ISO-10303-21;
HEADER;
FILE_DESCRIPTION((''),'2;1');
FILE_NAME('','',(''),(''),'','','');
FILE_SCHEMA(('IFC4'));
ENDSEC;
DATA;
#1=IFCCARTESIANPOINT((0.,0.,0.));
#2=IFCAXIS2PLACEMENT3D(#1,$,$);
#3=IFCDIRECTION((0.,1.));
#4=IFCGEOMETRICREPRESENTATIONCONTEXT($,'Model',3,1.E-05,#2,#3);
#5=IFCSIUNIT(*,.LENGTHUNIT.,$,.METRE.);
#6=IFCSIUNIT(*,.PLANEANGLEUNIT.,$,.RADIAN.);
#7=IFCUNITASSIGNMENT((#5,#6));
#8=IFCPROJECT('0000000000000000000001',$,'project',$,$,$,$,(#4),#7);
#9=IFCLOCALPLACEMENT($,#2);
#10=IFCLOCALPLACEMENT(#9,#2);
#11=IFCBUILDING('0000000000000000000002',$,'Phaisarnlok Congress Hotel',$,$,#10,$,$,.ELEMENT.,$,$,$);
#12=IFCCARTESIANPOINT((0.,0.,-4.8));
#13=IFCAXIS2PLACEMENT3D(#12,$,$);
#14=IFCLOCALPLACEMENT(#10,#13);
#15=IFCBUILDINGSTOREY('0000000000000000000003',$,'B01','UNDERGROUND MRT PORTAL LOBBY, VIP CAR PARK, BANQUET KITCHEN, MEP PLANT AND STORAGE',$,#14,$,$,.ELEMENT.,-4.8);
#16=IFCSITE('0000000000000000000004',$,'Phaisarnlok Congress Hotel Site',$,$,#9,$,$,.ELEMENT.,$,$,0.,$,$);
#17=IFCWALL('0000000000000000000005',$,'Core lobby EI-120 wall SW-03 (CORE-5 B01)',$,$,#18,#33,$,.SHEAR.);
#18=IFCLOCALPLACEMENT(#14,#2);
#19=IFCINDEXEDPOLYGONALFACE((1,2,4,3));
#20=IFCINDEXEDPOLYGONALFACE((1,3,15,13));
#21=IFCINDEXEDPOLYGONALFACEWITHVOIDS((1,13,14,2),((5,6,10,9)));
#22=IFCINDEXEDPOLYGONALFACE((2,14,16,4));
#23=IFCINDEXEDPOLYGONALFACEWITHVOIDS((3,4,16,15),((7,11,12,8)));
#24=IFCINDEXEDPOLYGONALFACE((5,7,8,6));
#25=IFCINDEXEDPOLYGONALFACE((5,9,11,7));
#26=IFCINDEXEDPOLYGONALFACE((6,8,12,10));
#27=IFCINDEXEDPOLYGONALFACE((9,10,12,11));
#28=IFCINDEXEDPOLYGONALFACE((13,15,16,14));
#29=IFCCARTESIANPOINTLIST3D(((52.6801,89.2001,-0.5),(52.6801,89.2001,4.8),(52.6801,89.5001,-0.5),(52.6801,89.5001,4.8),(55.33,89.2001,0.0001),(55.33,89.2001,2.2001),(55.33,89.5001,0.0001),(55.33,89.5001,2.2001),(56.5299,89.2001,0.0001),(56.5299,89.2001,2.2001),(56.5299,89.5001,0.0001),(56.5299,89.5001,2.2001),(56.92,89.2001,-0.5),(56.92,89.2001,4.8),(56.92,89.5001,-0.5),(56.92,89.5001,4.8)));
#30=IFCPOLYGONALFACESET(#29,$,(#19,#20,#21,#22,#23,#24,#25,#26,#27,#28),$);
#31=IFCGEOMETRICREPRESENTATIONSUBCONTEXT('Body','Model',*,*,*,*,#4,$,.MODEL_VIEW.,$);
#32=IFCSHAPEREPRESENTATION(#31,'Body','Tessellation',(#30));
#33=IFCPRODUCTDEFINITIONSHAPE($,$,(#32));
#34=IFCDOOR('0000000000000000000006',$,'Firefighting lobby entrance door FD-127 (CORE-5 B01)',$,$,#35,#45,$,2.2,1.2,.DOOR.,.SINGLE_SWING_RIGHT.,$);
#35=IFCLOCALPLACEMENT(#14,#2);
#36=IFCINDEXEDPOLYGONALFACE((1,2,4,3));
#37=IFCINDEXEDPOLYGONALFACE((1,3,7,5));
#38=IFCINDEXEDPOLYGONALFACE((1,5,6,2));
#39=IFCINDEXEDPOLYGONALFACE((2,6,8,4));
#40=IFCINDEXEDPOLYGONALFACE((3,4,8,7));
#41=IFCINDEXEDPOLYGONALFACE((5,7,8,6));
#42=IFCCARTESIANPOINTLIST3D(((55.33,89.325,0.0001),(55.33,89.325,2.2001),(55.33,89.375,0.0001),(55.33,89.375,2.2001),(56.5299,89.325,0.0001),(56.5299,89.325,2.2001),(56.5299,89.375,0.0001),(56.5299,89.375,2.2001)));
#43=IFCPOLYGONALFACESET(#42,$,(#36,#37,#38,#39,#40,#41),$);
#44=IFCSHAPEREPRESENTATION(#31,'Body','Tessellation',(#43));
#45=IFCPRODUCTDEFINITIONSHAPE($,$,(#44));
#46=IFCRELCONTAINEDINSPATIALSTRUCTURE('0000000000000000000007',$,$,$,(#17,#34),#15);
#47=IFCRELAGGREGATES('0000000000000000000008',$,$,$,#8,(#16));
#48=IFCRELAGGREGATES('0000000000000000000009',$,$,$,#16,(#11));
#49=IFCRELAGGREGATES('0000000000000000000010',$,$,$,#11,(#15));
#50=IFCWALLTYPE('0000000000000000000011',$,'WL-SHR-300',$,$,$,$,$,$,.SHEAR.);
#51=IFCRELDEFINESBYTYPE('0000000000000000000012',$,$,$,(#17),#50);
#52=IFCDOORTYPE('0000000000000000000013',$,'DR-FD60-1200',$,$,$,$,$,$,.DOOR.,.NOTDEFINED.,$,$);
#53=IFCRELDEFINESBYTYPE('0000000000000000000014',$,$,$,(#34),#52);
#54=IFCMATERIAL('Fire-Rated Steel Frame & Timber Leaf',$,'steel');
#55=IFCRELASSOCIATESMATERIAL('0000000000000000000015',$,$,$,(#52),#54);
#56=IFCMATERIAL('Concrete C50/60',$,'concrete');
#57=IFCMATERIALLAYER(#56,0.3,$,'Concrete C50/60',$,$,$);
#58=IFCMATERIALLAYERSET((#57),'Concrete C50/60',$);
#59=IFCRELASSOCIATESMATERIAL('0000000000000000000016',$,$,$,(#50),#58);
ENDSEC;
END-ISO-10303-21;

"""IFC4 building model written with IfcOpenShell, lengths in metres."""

from ifc_helpers import new_model, si_unit, direction, frame, frame_2d, origin, place, context, subcontext, project, spatial, rectangle, extrude, material, layer, layer_set, type_object, element, fill, save


model = new_model("IFC4")

# Units and contexts
model_context = context("Model", 3, precision=1e-05, world=origin(), true_north=direction((0.0, 1.0)))
body_context = subcontext(model_context, "Body", "Model", "MODEL_VIEW")
ifc_project = project(units=[si_unit("LENGTHUNIT", "METRE"), si_unit("PLANEANGLEUNIT", "RADIAN")], contexts=[model_context])

# Site, building, storey
site_placement = place(None, origin())
site = spatial("IfcSite", under=ifc_project, at=site_placement, Name="Phaisarnlok Congress Hotel Site", CompositionType="ELEMENT", RefElevation=0.0)
building_placement = place(site_placement, origin())
building = spatial("IfcBuilding", under=site, at=building_placement, Name="Phaisarnlok Congress Hotel", CompositionType="ELEMENT")
storey_placement = place(building_placement, frame((0.0, 0.0, -4.8)))
storey = spatial("IfcBuildingStorey", under=building, at=storey_placement, Name="B01", Description="UNDERGROUND MRT PORTAL LOBBY, VIP CAR PARK, BANQUET KITCHEN, MEP PLANT AND STORAGE", CompositionType="ELEMENT", Elevation=-4.8)

# Shared definitions
ifc_material_1 = material(Name="Concrete C50/60", Category="concrete")

# Wall, opening, door
ifc_material_2 = material(Name="Fire-Rated Steel Frame & Timber Leaf", Category="steel")
door_type = type_object("IfcDoorType", Name="DR-FD60-1200", OperationType="NOTDEFINED", PredefinedType="DOOR", material=ifc_material_2)
ifc_layer_1 = layer(ifc_material_1, 0.3, Name="Concrete C50/60")
ifc_layer_set_1 = layer_set([ifc_layer_1], Name="Concrete C50/60")
wall_type_1 = type_object("IfcWallType", Name="WL-SHR-300", PredefinedType="SHEAR", material=ifc_layer_set_1)
wall_1_placement = place(storey_placement, frame((52.6799, 89.3501, -0.5), z_axis=(0.0, 0.0, 1.0), x_axis=(1.0, 0.0, 0.0)))
wall_1 = element("IfcWall", 1, at=wall_1_placement, inside=storey, type_object=wall_type_1, Name="Core lobby EI-120 wall SW-03 (CORE-5 B01)", PredefinedType="SHEAR", context=body_context, shape_type="SweptSolid", body=[
    extrude(rectangle(XDim=4.24, YDim=0.3, at=frame_2d((2.1201, 0.0))), origin(), (0.0, 0.0, 1.0), 5.3),
])
opening_1_placement = place(wall_1_placement, frame((2.6499, 0.0, 0.5)))
opening_1 = element("IfcOpeningElement", 2, at=opening_1_placement, cuts=wall_1, PredefinedType="OPENING", context=body_context, shape_type="SweptSolid", body=[
    extrude(rectangle(XDim=1.2, YDim=2.2, at=frame_2d((0.6001, 1.1001))), frame((0.0, 0.1602, 0.0), z_axis=(0.0, -1.0, 0.0), x_axis=(1.0, 0.0, 0.0)), (0.0, 0.0, 1.0), 0.3201),
])
door_1_placement = place(opening_1_placement, origin())
door_1 = element("IfcDoor", 3, at=door_1_placement, inside=storey, type_object=door_type, Name="Firefighting lobby entrance door FD-127 (CORE-5 B01)", OperationType="SINGLE_SWING_RIGHT", OverallHeight=2.2, OverallWidth=1.2, PredefinedType="DOOR", context=body_context, shape_type="SweptSolid", body=[
    extrude(rectangle(XDim=1.2, YDim=2.2, at=frame_2d((0.6001, 1.1001))), frame((0.0, 0.0249, 0.0), z_axis=(0.0, -1.0, 0.0), x_axis=(1.0, 0.0, 0.0)), (0.0, 0.0, 1.0), 0.05),
])
fill(opening_1, door_1)

save(model, "model.ifc")
